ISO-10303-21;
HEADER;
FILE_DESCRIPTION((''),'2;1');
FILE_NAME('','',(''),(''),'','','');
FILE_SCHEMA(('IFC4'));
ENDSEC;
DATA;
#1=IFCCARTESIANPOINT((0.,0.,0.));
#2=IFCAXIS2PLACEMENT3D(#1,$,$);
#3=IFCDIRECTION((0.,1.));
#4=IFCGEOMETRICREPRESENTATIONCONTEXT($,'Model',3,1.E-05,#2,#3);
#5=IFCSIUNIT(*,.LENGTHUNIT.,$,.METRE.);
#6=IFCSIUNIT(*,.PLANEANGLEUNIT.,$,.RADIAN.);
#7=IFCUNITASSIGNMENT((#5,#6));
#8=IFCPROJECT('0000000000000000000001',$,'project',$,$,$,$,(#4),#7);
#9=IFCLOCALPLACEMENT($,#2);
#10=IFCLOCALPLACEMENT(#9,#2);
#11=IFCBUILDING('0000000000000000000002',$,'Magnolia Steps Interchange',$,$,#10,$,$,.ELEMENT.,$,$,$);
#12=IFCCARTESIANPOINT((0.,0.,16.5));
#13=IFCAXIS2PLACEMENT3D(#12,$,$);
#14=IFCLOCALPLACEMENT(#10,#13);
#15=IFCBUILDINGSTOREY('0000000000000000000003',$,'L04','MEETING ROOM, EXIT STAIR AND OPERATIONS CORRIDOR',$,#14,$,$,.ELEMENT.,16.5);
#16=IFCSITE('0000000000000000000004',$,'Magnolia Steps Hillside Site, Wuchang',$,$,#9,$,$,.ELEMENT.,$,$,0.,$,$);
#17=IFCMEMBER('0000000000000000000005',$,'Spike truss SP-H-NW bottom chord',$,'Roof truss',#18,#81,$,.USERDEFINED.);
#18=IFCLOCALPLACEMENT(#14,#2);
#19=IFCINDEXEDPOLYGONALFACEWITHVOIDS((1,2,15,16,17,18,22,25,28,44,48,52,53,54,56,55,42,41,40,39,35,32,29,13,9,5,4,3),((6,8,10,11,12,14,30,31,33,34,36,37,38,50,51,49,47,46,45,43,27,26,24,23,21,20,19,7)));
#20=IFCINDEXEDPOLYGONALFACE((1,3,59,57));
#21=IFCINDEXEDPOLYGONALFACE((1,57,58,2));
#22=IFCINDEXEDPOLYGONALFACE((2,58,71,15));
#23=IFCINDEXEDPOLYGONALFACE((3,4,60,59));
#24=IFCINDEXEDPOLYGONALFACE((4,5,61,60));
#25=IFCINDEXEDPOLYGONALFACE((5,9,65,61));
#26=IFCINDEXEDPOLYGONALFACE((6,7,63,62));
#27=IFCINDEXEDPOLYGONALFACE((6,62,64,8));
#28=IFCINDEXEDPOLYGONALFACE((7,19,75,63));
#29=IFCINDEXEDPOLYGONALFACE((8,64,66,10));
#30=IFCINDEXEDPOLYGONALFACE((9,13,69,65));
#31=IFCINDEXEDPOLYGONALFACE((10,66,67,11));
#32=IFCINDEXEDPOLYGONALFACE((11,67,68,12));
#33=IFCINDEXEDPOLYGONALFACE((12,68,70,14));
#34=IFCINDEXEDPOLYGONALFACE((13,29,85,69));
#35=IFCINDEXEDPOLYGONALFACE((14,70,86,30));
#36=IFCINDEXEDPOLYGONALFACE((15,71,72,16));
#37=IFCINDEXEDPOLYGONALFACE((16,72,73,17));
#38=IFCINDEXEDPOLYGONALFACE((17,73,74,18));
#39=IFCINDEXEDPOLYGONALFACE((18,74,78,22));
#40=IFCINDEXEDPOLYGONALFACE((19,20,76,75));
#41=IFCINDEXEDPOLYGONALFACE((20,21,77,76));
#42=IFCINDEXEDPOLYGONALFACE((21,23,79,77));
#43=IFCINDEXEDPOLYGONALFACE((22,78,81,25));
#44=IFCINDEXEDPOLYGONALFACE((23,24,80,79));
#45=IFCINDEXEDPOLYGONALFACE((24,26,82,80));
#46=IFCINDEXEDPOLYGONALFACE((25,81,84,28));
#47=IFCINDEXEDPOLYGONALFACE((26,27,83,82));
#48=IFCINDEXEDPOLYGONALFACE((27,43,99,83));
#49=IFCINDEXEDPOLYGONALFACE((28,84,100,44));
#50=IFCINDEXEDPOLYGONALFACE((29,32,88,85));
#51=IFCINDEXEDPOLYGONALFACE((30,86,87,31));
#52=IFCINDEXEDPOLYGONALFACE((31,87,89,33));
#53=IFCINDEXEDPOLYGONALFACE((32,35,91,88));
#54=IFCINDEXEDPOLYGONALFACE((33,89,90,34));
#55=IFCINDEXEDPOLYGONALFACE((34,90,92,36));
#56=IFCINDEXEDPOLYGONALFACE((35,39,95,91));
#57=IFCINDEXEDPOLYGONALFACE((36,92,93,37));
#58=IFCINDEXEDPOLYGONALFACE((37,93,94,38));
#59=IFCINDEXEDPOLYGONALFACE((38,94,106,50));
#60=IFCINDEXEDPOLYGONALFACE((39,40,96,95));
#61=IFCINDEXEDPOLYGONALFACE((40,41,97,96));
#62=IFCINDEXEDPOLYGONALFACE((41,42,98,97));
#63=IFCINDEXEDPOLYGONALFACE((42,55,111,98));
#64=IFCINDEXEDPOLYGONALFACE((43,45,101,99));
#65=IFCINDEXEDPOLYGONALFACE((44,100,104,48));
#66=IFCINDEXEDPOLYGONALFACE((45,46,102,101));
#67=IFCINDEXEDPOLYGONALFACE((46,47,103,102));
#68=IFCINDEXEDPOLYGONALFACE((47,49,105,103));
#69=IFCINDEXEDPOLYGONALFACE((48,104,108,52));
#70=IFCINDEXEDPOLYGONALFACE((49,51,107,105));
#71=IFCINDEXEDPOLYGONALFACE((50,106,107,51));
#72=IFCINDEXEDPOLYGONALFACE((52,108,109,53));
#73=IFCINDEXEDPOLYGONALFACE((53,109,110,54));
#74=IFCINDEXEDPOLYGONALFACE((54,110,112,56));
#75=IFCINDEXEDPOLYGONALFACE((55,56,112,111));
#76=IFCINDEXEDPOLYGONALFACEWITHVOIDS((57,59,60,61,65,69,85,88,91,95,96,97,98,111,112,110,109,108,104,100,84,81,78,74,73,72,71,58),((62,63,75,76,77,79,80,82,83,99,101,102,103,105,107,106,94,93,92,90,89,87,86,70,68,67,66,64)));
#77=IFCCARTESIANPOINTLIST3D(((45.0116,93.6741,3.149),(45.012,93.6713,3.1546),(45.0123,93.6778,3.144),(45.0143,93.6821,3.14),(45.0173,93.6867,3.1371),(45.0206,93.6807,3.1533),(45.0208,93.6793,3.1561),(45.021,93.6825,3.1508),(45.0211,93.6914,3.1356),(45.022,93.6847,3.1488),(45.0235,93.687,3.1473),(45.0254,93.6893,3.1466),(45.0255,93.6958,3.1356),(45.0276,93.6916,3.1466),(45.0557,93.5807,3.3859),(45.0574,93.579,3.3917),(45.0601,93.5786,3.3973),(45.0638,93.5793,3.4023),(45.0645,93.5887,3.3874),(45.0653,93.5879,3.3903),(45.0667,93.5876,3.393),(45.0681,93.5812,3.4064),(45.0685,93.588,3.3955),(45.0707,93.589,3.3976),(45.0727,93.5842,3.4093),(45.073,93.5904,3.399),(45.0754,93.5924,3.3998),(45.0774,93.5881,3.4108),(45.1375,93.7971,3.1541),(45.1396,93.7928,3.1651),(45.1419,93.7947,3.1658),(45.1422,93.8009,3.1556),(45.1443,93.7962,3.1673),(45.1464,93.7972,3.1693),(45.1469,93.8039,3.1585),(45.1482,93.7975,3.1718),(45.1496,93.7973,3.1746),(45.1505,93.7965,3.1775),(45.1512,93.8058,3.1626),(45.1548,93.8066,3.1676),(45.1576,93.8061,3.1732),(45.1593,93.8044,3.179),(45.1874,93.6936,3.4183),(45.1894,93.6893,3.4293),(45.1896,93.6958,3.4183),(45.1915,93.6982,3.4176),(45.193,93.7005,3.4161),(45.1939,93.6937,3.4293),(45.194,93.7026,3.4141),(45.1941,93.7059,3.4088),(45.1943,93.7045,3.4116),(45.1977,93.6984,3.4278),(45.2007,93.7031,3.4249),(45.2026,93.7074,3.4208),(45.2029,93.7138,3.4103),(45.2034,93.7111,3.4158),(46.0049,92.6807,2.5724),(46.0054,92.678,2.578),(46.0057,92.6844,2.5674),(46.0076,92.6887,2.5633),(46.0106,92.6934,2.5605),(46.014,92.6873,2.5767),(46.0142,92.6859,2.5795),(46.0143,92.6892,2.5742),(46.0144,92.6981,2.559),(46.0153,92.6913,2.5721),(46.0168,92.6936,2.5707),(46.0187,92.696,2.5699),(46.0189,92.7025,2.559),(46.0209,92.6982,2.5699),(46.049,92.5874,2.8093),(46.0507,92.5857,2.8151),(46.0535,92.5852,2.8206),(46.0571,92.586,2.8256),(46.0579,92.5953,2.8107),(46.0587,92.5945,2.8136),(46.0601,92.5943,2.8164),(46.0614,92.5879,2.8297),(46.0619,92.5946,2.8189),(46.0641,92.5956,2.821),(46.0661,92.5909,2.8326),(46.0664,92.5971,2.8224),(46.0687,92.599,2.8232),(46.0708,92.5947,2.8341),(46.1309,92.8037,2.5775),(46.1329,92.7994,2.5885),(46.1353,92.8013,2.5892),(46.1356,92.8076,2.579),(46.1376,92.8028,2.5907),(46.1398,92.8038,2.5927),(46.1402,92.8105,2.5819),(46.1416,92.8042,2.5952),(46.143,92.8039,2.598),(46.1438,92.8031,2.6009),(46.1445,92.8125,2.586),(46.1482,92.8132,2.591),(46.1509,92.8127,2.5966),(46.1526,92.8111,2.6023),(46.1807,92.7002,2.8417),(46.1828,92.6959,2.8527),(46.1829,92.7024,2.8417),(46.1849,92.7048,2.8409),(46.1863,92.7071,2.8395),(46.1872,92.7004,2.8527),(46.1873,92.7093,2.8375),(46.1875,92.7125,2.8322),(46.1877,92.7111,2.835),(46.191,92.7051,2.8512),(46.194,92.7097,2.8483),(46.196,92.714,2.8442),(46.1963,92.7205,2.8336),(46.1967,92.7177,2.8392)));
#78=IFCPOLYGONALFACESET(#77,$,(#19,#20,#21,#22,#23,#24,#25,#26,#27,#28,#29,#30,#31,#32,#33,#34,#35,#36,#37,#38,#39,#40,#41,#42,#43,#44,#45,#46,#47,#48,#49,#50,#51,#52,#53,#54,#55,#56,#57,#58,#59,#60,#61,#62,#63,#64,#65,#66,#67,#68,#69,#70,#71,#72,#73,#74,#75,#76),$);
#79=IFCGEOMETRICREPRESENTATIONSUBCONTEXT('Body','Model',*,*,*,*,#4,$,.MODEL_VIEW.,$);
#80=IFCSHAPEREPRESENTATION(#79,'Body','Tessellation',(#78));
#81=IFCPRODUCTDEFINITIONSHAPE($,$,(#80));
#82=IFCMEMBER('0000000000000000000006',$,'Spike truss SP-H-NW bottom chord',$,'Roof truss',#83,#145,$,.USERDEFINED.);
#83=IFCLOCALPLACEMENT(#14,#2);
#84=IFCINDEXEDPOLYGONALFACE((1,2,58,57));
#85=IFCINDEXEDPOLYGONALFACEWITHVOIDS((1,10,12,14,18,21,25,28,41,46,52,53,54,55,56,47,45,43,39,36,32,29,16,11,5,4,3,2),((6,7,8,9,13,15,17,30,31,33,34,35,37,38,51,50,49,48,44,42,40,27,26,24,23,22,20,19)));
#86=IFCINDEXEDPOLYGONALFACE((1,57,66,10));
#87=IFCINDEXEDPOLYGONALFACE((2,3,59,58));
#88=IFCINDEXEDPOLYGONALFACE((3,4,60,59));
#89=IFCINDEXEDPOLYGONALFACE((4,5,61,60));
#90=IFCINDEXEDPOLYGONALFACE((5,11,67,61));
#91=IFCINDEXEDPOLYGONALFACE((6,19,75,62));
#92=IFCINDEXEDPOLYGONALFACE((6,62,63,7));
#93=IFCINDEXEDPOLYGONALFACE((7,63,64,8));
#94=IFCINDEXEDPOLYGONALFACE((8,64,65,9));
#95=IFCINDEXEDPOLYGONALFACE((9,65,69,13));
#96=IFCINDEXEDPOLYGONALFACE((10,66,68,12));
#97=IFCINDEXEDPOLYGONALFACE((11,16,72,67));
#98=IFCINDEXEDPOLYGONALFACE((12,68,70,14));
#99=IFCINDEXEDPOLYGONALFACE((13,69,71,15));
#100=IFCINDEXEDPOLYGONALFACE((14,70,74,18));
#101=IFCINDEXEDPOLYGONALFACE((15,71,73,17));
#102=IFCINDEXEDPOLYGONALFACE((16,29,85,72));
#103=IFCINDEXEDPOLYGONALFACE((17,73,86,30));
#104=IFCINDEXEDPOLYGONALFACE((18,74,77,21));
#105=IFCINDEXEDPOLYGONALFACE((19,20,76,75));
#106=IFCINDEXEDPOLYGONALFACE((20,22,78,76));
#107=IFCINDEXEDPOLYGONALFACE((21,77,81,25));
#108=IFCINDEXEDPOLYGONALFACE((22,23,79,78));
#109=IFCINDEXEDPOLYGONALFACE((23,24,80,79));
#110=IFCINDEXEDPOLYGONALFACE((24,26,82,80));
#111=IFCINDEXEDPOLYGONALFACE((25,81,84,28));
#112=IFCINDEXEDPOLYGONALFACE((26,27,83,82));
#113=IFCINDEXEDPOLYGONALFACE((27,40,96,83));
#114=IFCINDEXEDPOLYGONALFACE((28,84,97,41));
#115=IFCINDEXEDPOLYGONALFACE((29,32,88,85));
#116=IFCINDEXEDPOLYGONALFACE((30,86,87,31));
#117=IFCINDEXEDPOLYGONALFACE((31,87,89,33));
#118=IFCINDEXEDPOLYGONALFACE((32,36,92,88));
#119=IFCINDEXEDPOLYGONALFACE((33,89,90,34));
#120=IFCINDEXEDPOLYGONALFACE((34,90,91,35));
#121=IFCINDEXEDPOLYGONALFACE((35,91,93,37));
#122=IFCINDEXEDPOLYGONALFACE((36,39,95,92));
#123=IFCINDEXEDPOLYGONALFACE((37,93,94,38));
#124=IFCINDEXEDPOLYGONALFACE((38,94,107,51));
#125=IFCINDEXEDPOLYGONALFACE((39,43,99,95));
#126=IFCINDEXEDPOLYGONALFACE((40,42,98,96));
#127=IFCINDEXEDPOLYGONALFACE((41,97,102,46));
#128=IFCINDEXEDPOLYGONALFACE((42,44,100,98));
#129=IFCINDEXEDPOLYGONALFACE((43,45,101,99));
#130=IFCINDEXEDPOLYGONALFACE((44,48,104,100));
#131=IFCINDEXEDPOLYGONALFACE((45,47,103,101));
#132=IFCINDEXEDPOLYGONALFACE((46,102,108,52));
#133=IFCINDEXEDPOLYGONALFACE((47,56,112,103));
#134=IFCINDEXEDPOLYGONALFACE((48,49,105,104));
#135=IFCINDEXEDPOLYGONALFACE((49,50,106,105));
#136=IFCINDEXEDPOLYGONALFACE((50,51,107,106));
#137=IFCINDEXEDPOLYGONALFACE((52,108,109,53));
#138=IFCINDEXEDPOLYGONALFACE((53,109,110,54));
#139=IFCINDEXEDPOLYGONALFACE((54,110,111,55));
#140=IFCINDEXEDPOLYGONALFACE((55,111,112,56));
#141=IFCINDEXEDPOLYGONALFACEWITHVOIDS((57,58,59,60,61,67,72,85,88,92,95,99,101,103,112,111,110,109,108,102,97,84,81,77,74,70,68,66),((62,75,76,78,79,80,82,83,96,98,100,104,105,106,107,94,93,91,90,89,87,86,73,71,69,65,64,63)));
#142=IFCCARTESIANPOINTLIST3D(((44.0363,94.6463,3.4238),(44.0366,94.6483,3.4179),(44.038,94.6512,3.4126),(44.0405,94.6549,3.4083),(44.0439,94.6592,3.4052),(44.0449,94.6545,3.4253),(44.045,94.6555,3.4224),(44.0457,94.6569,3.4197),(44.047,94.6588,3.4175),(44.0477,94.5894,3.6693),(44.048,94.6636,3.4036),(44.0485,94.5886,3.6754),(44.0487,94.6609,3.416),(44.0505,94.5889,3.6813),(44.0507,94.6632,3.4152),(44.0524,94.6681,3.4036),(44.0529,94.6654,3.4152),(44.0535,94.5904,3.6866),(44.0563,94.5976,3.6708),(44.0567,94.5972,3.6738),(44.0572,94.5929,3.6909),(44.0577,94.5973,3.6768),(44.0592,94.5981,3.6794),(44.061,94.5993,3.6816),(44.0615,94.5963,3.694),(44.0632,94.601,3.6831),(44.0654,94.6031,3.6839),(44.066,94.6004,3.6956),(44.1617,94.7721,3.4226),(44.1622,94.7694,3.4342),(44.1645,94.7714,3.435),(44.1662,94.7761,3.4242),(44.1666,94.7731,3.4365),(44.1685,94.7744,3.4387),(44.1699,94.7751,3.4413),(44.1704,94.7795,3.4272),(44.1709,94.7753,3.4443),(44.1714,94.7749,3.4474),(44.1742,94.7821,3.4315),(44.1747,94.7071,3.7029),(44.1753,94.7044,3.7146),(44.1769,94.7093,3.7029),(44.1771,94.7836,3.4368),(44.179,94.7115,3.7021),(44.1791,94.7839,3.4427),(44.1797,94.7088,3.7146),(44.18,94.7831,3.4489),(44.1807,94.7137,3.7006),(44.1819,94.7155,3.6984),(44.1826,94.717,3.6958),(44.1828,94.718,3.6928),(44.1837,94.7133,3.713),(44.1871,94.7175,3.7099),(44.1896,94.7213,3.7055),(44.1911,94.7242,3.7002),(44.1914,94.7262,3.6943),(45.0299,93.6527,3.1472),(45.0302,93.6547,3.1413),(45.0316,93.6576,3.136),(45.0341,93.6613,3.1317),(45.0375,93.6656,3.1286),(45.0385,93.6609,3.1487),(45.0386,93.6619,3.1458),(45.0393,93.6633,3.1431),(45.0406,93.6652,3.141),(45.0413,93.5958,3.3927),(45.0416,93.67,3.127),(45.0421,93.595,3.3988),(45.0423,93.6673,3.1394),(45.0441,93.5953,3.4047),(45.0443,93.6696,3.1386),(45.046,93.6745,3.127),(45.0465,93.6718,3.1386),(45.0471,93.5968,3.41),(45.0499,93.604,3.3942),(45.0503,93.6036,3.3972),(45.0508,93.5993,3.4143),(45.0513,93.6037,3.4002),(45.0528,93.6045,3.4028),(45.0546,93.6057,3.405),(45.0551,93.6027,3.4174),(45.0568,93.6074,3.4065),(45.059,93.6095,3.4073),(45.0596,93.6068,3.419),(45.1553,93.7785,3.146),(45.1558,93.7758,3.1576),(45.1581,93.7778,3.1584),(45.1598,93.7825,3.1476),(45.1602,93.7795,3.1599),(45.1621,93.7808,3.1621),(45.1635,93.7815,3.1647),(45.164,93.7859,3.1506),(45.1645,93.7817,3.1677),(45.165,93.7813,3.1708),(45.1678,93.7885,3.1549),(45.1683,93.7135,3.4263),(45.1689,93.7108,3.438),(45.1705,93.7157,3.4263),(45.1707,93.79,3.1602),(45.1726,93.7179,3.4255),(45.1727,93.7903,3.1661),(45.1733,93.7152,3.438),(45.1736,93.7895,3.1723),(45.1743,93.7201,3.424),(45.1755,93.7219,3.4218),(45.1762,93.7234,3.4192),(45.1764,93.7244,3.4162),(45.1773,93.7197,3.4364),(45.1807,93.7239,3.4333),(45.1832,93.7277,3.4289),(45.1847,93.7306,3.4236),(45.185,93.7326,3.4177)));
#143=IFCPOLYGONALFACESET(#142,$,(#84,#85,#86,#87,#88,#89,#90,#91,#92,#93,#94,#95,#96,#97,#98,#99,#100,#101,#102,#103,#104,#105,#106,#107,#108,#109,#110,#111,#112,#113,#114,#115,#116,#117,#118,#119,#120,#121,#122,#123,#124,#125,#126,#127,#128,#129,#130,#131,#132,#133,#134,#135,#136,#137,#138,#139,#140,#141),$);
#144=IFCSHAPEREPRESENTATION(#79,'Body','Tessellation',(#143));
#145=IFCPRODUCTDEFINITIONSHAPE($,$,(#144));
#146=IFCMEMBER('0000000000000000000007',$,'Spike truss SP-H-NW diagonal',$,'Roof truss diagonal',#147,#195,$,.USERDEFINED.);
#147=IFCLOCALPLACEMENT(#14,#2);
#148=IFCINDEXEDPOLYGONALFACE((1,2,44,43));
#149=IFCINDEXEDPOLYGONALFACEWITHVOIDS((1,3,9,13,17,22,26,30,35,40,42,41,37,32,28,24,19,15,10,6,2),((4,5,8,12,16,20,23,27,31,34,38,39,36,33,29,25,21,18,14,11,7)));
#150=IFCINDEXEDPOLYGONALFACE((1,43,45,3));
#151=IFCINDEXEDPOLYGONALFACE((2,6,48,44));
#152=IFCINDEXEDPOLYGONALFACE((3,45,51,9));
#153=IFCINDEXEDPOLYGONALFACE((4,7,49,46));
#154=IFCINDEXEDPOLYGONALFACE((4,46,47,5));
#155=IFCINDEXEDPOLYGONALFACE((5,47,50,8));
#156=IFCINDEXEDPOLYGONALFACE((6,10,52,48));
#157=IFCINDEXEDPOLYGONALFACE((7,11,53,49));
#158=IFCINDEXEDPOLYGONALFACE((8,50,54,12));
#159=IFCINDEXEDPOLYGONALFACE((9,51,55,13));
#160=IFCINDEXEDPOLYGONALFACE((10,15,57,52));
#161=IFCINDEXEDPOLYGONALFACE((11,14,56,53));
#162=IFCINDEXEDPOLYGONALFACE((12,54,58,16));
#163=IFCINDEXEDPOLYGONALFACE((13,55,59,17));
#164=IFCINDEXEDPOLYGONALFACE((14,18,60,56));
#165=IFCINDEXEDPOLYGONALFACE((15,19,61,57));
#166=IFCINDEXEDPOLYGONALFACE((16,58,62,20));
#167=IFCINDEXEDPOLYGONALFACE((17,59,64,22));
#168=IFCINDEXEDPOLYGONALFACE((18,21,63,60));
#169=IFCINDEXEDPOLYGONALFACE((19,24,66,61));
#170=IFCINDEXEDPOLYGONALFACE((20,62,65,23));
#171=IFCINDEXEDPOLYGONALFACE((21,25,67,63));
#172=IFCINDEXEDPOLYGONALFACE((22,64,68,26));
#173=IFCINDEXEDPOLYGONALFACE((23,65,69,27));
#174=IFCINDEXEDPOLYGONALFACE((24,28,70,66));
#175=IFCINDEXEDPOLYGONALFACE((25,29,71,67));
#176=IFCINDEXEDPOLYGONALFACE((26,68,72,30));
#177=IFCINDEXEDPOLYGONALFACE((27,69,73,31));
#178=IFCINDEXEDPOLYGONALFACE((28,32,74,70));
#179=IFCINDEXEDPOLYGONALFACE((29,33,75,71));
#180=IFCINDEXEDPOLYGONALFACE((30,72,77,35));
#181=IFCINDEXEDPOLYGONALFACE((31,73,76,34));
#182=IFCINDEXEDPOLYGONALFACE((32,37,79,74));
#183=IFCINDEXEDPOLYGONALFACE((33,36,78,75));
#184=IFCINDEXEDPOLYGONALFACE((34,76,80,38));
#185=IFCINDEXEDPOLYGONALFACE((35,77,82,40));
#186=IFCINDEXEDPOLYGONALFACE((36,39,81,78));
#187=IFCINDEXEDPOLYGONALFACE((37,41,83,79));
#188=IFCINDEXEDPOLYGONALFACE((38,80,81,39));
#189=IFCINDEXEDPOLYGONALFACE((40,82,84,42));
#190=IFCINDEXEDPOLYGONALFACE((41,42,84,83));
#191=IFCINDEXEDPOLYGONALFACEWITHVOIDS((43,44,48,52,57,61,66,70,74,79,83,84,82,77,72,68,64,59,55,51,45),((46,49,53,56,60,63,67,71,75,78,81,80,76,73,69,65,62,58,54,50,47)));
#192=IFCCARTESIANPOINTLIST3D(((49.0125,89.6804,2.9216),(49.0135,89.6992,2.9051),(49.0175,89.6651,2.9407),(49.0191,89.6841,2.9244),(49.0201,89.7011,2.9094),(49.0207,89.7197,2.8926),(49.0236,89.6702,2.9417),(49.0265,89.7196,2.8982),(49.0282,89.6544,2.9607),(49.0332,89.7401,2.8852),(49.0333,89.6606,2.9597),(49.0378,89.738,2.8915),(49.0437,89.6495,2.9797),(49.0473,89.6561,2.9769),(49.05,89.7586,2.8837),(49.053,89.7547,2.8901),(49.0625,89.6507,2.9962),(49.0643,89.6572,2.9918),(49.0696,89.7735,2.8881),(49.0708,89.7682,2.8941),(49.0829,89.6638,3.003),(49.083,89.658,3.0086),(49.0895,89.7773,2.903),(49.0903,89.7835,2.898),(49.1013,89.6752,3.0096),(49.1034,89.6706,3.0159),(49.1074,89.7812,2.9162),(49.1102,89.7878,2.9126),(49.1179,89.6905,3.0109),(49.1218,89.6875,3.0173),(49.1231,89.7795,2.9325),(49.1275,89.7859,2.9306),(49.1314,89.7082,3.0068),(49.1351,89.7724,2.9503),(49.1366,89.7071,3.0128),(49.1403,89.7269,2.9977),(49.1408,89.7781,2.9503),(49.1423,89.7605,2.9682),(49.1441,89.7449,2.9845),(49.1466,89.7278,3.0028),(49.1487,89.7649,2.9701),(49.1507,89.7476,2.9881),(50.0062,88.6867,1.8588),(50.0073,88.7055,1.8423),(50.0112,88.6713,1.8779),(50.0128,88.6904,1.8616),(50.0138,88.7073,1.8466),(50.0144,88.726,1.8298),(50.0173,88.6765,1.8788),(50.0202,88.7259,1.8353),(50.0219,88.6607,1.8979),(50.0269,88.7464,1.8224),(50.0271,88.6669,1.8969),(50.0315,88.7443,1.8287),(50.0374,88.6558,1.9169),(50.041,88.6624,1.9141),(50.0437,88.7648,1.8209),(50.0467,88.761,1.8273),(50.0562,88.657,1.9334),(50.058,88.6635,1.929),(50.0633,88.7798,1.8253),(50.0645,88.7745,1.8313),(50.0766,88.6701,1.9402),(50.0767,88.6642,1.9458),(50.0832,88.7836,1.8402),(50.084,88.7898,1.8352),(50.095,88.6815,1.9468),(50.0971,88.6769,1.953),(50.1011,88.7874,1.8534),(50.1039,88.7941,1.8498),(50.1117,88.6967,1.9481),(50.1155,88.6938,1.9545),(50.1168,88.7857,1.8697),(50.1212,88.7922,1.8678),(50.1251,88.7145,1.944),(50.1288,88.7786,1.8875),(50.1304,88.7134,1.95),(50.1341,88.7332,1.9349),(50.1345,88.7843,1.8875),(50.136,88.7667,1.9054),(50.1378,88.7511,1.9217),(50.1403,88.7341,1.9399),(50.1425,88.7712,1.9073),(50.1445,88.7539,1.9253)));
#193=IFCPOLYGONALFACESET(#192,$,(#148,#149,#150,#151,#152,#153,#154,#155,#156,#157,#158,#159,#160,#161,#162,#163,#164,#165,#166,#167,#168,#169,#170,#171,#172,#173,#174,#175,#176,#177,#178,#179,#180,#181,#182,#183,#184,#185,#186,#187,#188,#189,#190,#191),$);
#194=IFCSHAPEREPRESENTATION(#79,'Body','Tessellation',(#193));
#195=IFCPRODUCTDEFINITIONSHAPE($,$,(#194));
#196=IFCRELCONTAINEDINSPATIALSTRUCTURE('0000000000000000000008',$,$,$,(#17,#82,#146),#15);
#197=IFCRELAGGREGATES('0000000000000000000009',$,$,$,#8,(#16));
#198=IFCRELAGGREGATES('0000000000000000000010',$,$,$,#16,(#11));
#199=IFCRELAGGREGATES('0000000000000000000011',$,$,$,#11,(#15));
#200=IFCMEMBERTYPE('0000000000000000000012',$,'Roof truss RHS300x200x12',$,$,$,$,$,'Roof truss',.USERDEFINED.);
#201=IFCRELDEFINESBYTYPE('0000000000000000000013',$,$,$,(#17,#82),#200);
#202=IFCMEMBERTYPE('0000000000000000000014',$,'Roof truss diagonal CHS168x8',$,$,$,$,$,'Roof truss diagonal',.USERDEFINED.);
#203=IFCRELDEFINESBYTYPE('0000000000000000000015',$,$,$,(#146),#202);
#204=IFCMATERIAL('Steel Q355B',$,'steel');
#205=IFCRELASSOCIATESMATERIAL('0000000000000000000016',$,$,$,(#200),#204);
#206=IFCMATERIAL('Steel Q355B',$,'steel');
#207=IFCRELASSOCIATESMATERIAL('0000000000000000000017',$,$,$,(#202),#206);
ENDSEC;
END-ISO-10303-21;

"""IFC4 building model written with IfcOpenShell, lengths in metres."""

from ifc_helpers import new_model, si_unit, direction, frame, origin, origin_2d, place, context, subcontext, project, spatial, hollow_rectangle, hollow_circle, extrude, material, material_profile, profile_set, type_object, element, save


model = new_model("IFC4")

# Units and contexts
model_context = context("Model", 3, precision=1e-05, world=origin(), true_north=direction((0.0, 1.0)))
body_context = subcontext(model_context, "Body", "Model", "MODEL_VIEW")
ifc_project = project(units=[si_unit("LENGTHUNIT", "METRE"), si_unit("PLANEANGLEUNIT", "RADIAN")], contexts=[model_context])

# Site, building, storey
site_placement = place(None, origin())
site = spatial("IfcSite", under=ifc_project, at=site_placement, Name="Magnolia Steps Hillside Site, Wuchang", CompositionType="ELEMENT", RefElevation=0.0)
building_placement = place(site_placement, origin())
building = spatial("IfcBuilding", under=site, at=building_placement, Name="Magnolia Steps Interchange", CompositionType="ELEMENT")
storey_placement = place(building_placement, frame((0.0, 0.0, 16.5)))
storey = spatial("IfcBuildingStorey", under=building, at=storey_placement, Name="L04", Description="MEETING ROOM, EXIT STAIR AND OPERATIONS CORRIDOR", CompositionType="ELEMENT", Elevation=16.5)

# Members
ifc_material_1 = material(Name="Steel Q355B", Category="steel")
ifc_material_profile_1 = material_profile(ifc_material_1, hollow_rectangle(XDim=0.2, YDim=0.3, WallThickness=0.012, InnerFilletRadius=0.012, OuterFilletRadius=0.0239, at=origin_2d()), Name="RHS300x200x12")
ifc_profile_set_1 = profile_set([ifc_material_profile_1], Name="Steel Q355B")
member_type_1 = type_object("IfcMemberType", Name="Roof truss RHS300x200x12", ElementType="Roof truss", PredefinedType="USERDEFINED", material=ifc_profile_set_1)
member_1_placement = place(storey_placement, frame((46.1008, 92.6992, 2.7058), z_axis=(-0.654145, 0.654145, 0.379722), x_axis=(-0.736295, -0.665616, -0.121759)))
element("IfcMember", 1, at=member_1_placement, inside=storey, type_object=member_type_1, Name="Spike truss SP-H-NW bottom chord", ObjectType="Roof truss", PredefinedType="USERDEFINED", context=body_context, shape_type="SweptSolid", body=[
    extrude(hollow_rectangle(XDim=0.2, YDim=0.3, WallThickness=0.012, InnerFilletRadius=0.012, OuterFilletRadius=0.0239, at=origin_2d()), origin(), (0.0, 0.0, 1.0), 1.5186),
])
member_2_placement = place(storey_placement, frame((45.1074, 93.6926, 3.2825), z_axis=(-0.693793, 0.693793, 0.193137), x_axis=(-0.718749, -0.683921, -0.125109)))
element("IfcMember", 2, at=member_2_placement, inside=storey, type_object=member_type_1, Name="Spike truss SP-H-NW bottom chord", ObjectType="Roof truss", PredefinedType="USERDEFINED", context=body_context, shape_type="SweptSolid", body=[
    extrude(hollow_rectangle(XDim=0.2, YDim=0.3, WallThickness=0.012, InnerFilletRadius=0.012, OuterFilletRadius=0.0239, at=origin_2d()), origin(), (0.0, 0.0, 1.0), 1.4321),
])
ifc_material_2 = material(Name="Steel Q355B", Category="steel")
ifc_material_profile_2 = material_profile(ifc_material_2, hollow_circle(Radius=0.084, WallThickness=0.0081, at=origin_2d()), Name="CHS168x8")
ifc_profile_set_2 = profile_set([ifc_material_profile_2], Name="Steel Q355B")
member_type_2 = type_object("IfcMemberType", Name="Roof truss diagonal CHS168x8", ElementType="Roof truss diagonal", PredefinedType="USERDEFINED", material=ifc_profile_set_2)
member_3_placement = place(storey_placement, frame((50.0752, 88.7249, 1.8877), z_axis=(-0.563982, 0.563982, 0.603198), x_axis=(-0.761848, -0.637182, -0.116561)))
element("IfcMember", 3, at=member_3_placement, inside=storey, type_object=member_type_2, Name="Spike truss SP-H-NW diagonal", ObjectType="Roof truss diagonal", PredefinedType="USERDEFINED", context=body_context, shape_type="SweptSolid", body=[
    extrude(hollow_circle(Radius=0.084, WallThickness=0.0081, at=origin_2d()), origin(), (0.0, 0.0, 1.0), 1.762),
])

save(model, "model.ifc")
